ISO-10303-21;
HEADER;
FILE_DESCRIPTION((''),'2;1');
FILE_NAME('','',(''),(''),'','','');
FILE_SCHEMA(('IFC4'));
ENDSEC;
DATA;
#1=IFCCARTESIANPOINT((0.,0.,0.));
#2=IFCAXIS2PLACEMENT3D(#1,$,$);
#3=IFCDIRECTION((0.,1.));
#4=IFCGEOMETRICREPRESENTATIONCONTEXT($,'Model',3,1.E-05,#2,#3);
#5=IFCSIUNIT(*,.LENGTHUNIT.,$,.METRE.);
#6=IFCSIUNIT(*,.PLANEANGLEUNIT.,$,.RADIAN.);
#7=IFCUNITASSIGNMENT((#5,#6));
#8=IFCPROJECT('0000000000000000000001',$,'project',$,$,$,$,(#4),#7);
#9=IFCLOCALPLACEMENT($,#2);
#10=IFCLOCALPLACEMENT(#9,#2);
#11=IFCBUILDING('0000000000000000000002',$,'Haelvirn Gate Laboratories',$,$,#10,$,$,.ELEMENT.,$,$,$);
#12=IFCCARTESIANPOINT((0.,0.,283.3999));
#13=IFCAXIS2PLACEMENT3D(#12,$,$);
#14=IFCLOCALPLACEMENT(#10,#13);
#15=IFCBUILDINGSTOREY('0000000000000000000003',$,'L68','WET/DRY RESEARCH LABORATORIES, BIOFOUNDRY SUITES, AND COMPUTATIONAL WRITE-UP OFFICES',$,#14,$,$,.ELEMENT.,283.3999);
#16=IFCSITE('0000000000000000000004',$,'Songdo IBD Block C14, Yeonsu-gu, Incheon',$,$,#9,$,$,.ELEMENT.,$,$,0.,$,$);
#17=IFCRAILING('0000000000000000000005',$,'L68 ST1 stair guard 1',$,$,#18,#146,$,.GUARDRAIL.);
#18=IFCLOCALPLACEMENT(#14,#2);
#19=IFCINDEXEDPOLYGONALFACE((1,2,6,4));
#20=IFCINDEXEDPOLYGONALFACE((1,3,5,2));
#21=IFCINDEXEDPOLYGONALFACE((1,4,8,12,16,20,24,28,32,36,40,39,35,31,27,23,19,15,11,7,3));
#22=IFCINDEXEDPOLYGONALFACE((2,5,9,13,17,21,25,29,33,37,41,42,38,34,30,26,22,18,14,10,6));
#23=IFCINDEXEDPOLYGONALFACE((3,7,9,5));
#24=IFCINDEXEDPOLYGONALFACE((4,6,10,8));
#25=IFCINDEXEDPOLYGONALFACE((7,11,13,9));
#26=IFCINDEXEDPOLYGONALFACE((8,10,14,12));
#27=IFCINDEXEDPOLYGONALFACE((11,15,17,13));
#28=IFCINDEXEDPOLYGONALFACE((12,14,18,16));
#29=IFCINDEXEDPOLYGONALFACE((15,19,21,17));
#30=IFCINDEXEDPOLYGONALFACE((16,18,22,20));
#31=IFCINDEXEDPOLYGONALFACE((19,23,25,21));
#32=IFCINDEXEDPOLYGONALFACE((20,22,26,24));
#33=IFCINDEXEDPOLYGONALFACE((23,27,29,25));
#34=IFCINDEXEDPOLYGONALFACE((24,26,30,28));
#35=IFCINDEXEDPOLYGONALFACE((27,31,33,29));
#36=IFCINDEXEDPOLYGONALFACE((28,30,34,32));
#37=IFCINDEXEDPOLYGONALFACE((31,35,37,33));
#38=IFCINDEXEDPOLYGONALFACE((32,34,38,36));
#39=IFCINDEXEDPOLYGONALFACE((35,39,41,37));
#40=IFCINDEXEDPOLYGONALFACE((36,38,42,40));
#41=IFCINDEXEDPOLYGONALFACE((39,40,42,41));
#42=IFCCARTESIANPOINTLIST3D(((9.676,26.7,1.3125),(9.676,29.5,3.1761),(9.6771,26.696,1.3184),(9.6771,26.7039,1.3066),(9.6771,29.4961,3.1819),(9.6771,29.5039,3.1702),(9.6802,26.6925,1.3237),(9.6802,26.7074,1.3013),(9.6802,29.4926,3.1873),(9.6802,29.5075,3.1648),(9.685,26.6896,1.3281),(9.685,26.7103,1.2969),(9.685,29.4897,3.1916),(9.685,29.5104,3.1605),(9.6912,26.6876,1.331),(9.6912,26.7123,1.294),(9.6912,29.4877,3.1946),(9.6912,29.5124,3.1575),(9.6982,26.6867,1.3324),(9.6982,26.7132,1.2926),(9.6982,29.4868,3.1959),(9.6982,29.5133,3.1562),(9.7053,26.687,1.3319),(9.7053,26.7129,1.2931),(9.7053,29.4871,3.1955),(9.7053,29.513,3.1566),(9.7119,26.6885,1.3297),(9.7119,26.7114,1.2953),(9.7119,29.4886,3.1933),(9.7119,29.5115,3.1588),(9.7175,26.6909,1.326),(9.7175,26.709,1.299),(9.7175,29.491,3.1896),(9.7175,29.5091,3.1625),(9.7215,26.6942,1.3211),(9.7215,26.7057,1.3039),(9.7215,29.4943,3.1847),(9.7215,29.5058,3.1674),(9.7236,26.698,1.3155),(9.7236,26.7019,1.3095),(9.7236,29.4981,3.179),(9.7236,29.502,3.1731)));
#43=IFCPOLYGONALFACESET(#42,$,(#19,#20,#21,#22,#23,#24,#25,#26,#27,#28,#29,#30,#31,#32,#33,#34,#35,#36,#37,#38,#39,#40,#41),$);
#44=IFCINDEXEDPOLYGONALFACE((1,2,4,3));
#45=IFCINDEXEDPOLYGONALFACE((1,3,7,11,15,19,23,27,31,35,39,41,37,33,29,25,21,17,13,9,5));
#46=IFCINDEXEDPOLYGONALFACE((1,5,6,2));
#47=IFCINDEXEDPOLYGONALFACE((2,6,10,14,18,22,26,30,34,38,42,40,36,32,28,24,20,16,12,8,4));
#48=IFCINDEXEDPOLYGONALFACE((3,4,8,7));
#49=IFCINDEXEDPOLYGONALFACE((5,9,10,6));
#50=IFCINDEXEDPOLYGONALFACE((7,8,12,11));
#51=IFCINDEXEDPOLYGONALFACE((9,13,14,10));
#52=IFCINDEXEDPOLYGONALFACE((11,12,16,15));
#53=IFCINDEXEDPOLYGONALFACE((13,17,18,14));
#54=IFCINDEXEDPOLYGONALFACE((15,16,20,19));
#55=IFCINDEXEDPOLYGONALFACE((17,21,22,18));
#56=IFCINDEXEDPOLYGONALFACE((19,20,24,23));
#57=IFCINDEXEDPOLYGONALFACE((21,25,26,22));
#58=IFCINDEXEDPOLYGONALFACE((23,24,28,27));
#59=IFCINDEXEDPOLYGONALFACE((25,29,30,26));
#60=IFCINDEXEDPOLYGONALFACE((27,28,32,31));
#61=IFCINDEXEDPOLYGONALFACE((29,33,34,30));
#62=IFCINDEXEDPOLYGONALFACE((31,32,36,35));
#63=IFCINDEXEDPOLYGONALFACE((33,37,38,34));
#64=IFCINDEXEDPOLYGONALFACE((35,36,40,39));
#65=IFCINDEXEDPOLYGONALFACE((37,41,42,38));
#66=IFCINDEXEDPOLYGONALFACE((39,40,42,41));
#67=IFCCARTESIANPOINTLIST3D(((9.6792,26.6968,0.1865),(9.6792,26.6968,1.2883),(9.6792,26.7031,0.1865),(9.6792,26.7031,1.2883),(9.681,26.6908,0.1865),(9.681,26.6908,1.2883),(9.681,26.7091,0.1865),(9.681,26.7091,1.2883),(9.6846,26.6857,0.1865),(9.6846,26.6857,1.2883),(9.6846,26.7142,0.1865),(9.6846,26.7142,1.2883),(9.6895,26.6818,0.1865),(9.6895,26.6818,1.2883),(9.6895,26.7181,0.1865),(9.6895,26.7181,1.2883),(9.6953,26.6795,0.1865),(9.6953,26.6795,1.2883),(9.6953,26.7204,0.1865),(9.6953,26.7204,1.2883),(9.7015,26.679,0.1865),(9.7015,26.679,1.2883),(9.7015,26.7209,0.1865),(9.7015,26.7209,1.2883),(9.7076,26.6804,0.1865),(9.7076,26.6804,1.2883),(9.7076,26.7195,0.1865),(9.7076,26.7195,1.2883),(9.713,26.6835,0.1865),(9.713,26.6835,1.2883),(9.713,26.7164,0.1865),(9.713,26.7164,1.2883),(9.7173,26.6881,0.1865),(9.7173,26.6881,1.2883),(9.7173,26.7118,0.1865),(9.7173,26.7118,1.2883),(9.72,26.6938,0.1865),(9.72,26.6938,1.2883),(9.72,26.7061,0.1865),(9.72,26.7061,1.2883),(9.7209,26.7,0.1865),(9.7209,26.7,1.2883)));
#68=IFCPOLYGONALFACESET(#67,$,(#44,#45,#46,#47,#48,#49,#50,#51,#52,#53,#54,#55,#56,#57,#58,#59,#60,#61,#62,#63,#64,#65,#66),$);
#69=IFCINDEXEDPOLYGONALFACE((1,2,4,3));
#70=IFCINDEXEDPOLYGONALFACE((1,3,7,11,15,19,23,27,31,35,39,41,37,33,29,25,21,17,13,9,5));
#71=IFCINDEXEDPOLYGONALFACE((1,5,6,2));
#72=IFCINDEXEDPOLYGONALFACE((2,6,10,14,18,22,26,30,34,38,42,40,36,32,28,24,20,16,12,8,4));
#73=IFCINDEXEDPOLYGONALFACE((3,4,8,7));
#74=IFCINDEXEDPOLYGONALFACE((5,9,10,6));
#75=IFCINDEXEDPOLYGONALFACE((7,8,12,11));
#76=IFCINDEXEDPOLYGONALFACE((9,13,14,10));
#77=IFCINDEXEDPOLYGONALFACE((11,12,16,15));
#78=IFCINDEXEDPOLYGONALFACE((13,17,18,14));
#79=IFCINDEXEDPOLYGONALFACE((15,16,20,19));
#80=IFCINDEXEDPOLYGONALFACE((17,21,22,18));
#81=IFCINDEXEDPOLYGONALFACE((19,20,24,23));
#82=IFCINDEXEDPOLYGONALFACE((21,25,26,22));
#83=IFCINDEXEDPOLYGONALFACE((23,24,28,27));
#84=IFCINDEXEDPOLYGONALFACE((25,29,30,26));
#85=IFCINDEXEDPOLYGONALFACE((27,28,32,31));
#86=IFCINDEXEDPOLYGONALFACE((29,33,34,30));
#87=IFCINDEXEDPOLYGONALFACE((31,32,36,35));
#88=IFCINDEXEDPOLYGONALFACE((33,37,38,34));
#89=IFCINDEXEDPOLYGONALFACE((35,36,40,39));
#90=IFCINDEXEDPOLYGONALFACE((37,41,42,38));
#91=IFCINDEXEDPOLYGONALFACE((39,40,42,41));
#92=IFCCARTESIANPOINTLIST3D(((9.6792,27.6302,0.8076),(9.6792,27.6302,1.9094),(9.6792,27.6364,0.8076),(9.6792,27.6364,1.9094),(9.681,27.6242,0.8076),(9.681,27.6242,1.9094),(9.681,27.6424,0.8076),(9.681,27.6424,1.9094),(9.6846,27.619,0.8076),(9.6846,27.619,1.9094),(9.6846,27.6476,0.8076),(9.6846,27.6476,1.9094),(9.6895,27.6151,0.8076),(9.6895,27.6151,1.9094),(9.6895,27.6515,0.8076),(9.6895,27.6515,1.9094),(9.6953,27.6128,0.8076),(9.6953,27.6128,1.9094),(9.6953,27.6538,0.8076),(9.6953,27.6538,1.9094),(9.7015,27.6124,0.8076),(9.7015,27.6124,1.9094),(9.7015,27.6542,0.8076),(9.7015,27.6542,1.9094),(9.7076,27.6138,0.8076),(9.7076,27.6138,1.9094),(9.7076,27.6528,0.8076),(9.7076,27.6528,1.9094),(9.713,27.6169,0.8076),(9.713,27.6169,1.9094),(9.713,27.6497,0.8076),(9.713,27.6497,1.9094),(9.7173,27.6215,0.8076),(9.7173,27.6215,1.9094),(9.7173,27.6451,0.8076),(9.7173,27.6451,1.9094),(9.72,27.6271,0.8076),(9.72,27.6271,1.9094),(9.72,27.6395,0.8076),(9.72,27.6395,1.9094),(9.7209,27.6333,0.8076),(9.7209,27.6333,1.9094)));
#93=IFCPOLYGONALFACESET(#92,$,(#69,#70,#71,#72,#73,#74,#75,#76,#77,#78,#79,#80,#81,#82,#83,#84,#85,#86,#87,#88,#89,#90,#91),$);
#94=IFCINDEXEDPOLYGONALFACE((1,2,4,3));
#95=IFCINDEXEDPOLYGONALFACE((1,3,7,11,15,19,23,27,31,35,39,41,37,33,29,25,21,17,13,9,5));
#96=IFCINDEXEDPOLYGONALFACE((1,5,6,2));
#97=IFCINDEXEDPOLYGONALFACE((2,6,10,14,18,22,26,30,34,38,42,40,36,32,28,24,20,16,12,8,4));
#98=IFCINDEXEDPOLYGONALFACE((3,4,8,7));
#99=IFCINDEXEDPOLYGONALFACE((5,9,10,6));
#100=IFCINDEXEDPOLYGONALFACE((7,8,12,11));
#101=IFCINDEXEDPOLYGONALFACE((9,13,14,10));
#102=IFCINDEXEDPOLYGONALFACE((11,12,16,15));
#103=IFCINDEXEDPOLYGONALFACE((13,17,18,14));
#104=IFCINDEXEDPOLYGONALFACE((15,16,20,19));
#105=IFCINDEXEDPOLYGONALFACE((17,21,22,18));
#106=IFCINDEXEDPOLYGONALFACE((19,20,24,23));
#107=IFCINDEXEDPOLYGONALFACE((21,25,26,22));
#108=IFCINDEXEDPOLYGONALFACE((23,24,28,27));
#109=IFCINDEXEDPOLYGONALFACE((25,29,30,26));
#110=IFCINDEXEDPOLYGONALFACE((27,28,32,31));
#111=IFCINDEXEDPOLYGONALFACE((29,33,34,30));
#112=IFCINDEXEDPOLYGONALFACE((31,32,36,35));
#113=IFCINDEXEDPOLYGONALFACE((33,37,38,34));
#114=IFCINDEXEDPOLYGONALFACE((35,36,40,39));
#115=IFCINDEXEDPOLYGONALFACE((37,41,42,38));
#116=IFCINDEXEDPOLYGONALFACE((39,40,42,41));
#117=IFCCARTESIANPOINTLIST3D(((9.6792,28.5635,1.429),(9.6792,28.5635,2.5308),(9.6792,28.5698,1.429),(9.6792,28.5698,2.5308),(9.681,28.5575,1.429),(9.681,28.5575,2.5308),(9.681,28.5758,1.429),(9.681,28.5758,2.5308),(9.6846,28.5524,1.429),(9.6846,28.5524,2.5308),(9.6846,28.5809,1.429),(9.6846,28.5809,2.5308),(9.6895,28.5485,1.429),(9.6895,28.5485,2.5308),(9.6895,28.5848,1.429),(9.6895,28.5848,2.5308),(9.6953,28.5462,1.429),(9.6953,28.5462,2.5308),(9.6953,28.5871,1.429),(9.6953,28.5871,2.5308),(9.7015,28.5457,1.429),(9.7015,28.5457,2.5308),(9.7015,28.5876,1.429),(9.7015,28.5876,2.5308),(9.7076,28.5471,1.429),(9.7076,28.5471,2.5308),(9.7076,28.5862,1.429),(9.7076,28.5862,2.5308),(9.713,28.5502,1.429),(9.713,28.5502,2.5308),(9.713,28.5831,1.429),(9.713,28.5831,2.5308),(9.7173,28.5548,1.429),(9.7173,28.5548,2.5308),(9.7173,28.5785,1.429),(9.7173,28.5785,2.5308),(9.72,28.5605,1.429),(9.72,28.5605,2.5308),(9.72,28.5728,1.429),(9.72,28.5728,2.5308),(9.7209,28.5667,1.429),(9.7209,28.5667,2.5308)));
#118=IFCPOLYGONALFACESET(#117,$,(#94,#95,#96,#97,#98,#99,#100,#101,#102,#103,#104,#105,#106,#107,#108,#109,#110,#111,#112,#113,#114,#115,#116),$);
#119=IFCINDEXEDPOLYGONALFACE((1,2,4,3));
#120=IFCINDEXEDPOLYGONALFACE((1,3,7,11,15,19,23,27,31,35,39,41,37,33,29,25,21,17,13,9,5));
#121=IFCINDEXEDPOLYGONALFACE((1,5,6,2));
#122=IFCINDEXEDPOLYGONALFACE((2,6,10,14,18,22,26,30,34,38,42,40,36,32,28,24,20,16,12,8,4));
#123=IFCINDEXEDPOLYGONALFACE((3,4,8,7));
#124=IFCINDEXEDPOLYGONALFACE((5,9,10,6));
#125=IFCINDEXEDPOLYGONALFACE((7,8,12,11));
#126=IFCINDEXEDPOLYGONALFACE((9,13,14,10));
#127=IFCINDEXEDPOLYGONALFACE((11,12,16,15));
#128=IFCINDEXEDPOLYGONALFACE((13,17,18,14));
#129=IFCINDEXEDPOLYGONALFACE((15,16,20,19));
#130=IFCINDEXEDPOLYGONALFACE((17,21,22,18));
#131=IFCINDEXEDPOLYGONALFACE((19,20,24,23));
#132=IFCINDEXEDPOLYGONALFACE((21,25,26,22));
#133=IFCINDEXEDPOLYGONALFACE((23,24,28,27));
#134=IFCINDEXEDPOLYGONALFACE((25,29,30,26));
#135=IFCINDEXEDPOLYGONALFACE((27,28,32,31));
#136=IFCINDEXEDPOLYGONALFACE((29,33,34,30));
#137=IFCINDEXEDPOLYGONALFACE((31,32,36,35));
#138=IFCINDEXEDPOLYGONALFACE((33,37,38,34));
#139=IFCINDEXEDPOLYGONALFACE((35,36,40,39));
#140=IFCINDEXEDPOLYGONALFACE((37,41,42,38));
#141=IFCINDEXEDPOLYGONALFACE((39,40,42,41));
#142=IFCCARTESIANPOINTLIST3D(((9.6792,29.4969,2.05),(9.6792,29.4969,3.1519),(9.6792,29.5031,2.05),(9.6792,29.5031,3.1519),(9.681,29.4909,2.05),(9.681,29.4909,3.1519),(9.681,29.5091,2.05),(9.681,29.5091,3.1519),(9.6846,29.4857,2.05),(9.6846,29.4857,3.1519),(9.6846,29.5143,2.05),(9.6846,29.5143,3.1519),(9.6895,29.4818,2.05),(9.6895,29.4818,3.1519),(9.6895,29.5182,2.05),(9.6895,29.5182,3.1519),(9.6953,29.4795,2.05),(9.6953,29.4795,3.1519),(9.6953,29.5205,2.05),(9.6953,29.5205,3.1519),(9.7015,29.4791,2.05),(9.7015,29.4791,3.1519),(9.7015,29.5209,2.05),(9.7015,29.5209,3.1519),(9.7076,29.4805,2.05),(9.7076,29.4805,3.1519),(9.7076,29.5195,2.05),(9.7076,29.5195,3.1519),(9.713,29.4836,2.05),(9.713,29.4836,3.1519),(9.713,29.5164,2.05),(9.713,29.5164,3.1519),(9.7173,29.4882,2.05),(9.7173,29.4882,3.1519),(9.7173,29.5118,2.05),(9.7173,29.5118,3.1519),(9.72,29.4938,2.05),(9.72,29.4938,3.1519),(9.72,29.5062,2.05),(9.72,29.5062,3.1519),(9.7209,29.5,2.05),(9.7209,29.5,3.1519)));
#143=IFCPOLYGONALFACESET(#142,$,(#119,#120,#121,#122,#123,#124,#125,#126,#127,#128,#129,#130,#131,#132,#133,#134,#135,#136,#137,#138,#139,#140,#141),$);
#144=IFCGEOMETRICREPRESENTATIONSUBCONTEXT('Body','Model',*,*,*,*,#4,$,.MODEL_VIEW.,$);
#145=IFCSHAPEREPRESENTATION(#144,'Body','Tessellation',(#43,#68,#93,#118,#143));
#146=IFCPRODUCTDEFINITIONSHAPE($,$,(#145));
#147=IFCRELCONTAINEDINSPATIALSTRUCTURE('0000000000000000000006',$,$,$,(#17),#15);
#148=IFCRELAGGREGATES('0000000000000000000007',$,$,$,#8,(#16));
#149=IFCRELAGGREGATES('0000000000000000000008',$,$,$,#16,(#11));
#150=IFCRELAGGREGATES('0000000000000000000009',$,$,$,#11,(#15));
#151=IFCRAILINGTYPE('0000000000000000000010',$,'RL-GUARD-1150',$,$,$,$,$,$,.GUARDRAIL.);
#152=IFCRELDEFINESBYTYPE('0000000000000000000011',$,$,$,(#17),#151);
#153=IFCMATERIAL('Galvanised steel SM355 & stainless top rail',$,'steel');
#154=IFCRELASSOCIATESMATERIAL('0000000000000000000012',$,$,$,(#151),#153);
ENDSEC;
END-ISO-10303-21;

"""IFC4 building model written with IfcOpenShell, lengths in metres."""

from ifc_helpers import new_model, si_unit, direction, frame, origin, origin_2d, place, context, subcontext, project, spatial, circle, extrude, source, transform, mapped, material, type_object, type_shapes, element, save


model = new_model("IFC4")

# Units and contexts
model_context = context("Model", 3, precision=1e-05, world=origin(), true_north=direction((0.0, 1.0)))
body_context = subcontext(model_context, "Body", "Model", "MODEL_VIEW")
ifc_project = project(units=[si_unit("LENGTHUNIT", "METRE"), si_unit("PLANEANGLEUNIT", "RADIAN")], contexts=[model_context])

# Site, building, storey
site_placement = place(None, origin())
site = spatial("IfcSite", under=ifc_project, at=site_placement, Name="Songdo IBD Block C14, Yeonsu-gu, Incheon", CompositionType="ELEMENT", RefElevation=0.0)
building_placement = place(site_placement, origin())
building = spatial("IfcBuilding", under=site, at=building_placement, Name="Haelvirn Gate Laboratories", CompositionType="ELEMENT")
storey_placement = place(building_placement, frame((0.0, 0.0, 283.3999)))
storey = spatial("IfcBuildingStorey", under=building, at=storey_placement, Name="L68", Description="WET/DRY RESEARCH LABORATORIES, BIOFOUNDRY SUITES, AND COMPUTATIONAL WRITE-UP OFFICES", CompositionType="ELEMENT", Elevation=283.3999)

# Railing
ifc_material_1 = material(Name="Galvanised steel SM355 & stainless top rail", Category="steel")
railing_type_1 = type_object("IfcRailingType", Name="RL-GUARD-1150", PredefinedType="GUARDRAIL", material=ifc_material_1)
shared_shape_1 = source(origin(), body_context, "Body", "SweptSolid", [
    extrude(circle(Radius=0.0239, at=origin_2d()), frame((0.0, 0.0, 1.126), z_axis=(0.0, 0.832486, 0.554047), x_axis=(-1.0, 0.0, 0.0)), (0.0, 0.0, 1.0), 3.3635),
    extrude(circle(Radius=0.021, at=origin_2d()), origin(), (0.0, 0.0, 1.0), 1.1018),
    extrude(circle(Radius=0.021, at=origin_2d()), frame((0.0, 0.9333, 0.6211)), (0.0, 0.0, 1.0), 1.1018),
    extrude(circle(Radius=0.021, at=origin_2d()), frame((0.0, 1.8667, 1.2424)), (0.0, 0.0, 1.0), 1.1018),
    extrude(circle(Radius=0.021, at=origin_2d()), frame((0.0, 2.8, 1.8635)), (0.0, 0.0, 1.0), 1.1018),
])
type_shapes(railing_type_1, [shared_shape_1])
railing_1_placement = place(storey_placement, frame((9.7, 26.7, 0.1865)))
element("IfcRailing", 1, at=railing_1_placement, inside=storey, type_object=railing_type_1, Name="L68 ST1 stair guard 1", PredefinedType="GUARDRAIL", context=body_context, shape_type="MappedRepresentation", body=[
    mapped(shared_shape_1, transform((0.0, 0.0, 0.0), scale=1.0)),
])

save(model, "model.ifc")
